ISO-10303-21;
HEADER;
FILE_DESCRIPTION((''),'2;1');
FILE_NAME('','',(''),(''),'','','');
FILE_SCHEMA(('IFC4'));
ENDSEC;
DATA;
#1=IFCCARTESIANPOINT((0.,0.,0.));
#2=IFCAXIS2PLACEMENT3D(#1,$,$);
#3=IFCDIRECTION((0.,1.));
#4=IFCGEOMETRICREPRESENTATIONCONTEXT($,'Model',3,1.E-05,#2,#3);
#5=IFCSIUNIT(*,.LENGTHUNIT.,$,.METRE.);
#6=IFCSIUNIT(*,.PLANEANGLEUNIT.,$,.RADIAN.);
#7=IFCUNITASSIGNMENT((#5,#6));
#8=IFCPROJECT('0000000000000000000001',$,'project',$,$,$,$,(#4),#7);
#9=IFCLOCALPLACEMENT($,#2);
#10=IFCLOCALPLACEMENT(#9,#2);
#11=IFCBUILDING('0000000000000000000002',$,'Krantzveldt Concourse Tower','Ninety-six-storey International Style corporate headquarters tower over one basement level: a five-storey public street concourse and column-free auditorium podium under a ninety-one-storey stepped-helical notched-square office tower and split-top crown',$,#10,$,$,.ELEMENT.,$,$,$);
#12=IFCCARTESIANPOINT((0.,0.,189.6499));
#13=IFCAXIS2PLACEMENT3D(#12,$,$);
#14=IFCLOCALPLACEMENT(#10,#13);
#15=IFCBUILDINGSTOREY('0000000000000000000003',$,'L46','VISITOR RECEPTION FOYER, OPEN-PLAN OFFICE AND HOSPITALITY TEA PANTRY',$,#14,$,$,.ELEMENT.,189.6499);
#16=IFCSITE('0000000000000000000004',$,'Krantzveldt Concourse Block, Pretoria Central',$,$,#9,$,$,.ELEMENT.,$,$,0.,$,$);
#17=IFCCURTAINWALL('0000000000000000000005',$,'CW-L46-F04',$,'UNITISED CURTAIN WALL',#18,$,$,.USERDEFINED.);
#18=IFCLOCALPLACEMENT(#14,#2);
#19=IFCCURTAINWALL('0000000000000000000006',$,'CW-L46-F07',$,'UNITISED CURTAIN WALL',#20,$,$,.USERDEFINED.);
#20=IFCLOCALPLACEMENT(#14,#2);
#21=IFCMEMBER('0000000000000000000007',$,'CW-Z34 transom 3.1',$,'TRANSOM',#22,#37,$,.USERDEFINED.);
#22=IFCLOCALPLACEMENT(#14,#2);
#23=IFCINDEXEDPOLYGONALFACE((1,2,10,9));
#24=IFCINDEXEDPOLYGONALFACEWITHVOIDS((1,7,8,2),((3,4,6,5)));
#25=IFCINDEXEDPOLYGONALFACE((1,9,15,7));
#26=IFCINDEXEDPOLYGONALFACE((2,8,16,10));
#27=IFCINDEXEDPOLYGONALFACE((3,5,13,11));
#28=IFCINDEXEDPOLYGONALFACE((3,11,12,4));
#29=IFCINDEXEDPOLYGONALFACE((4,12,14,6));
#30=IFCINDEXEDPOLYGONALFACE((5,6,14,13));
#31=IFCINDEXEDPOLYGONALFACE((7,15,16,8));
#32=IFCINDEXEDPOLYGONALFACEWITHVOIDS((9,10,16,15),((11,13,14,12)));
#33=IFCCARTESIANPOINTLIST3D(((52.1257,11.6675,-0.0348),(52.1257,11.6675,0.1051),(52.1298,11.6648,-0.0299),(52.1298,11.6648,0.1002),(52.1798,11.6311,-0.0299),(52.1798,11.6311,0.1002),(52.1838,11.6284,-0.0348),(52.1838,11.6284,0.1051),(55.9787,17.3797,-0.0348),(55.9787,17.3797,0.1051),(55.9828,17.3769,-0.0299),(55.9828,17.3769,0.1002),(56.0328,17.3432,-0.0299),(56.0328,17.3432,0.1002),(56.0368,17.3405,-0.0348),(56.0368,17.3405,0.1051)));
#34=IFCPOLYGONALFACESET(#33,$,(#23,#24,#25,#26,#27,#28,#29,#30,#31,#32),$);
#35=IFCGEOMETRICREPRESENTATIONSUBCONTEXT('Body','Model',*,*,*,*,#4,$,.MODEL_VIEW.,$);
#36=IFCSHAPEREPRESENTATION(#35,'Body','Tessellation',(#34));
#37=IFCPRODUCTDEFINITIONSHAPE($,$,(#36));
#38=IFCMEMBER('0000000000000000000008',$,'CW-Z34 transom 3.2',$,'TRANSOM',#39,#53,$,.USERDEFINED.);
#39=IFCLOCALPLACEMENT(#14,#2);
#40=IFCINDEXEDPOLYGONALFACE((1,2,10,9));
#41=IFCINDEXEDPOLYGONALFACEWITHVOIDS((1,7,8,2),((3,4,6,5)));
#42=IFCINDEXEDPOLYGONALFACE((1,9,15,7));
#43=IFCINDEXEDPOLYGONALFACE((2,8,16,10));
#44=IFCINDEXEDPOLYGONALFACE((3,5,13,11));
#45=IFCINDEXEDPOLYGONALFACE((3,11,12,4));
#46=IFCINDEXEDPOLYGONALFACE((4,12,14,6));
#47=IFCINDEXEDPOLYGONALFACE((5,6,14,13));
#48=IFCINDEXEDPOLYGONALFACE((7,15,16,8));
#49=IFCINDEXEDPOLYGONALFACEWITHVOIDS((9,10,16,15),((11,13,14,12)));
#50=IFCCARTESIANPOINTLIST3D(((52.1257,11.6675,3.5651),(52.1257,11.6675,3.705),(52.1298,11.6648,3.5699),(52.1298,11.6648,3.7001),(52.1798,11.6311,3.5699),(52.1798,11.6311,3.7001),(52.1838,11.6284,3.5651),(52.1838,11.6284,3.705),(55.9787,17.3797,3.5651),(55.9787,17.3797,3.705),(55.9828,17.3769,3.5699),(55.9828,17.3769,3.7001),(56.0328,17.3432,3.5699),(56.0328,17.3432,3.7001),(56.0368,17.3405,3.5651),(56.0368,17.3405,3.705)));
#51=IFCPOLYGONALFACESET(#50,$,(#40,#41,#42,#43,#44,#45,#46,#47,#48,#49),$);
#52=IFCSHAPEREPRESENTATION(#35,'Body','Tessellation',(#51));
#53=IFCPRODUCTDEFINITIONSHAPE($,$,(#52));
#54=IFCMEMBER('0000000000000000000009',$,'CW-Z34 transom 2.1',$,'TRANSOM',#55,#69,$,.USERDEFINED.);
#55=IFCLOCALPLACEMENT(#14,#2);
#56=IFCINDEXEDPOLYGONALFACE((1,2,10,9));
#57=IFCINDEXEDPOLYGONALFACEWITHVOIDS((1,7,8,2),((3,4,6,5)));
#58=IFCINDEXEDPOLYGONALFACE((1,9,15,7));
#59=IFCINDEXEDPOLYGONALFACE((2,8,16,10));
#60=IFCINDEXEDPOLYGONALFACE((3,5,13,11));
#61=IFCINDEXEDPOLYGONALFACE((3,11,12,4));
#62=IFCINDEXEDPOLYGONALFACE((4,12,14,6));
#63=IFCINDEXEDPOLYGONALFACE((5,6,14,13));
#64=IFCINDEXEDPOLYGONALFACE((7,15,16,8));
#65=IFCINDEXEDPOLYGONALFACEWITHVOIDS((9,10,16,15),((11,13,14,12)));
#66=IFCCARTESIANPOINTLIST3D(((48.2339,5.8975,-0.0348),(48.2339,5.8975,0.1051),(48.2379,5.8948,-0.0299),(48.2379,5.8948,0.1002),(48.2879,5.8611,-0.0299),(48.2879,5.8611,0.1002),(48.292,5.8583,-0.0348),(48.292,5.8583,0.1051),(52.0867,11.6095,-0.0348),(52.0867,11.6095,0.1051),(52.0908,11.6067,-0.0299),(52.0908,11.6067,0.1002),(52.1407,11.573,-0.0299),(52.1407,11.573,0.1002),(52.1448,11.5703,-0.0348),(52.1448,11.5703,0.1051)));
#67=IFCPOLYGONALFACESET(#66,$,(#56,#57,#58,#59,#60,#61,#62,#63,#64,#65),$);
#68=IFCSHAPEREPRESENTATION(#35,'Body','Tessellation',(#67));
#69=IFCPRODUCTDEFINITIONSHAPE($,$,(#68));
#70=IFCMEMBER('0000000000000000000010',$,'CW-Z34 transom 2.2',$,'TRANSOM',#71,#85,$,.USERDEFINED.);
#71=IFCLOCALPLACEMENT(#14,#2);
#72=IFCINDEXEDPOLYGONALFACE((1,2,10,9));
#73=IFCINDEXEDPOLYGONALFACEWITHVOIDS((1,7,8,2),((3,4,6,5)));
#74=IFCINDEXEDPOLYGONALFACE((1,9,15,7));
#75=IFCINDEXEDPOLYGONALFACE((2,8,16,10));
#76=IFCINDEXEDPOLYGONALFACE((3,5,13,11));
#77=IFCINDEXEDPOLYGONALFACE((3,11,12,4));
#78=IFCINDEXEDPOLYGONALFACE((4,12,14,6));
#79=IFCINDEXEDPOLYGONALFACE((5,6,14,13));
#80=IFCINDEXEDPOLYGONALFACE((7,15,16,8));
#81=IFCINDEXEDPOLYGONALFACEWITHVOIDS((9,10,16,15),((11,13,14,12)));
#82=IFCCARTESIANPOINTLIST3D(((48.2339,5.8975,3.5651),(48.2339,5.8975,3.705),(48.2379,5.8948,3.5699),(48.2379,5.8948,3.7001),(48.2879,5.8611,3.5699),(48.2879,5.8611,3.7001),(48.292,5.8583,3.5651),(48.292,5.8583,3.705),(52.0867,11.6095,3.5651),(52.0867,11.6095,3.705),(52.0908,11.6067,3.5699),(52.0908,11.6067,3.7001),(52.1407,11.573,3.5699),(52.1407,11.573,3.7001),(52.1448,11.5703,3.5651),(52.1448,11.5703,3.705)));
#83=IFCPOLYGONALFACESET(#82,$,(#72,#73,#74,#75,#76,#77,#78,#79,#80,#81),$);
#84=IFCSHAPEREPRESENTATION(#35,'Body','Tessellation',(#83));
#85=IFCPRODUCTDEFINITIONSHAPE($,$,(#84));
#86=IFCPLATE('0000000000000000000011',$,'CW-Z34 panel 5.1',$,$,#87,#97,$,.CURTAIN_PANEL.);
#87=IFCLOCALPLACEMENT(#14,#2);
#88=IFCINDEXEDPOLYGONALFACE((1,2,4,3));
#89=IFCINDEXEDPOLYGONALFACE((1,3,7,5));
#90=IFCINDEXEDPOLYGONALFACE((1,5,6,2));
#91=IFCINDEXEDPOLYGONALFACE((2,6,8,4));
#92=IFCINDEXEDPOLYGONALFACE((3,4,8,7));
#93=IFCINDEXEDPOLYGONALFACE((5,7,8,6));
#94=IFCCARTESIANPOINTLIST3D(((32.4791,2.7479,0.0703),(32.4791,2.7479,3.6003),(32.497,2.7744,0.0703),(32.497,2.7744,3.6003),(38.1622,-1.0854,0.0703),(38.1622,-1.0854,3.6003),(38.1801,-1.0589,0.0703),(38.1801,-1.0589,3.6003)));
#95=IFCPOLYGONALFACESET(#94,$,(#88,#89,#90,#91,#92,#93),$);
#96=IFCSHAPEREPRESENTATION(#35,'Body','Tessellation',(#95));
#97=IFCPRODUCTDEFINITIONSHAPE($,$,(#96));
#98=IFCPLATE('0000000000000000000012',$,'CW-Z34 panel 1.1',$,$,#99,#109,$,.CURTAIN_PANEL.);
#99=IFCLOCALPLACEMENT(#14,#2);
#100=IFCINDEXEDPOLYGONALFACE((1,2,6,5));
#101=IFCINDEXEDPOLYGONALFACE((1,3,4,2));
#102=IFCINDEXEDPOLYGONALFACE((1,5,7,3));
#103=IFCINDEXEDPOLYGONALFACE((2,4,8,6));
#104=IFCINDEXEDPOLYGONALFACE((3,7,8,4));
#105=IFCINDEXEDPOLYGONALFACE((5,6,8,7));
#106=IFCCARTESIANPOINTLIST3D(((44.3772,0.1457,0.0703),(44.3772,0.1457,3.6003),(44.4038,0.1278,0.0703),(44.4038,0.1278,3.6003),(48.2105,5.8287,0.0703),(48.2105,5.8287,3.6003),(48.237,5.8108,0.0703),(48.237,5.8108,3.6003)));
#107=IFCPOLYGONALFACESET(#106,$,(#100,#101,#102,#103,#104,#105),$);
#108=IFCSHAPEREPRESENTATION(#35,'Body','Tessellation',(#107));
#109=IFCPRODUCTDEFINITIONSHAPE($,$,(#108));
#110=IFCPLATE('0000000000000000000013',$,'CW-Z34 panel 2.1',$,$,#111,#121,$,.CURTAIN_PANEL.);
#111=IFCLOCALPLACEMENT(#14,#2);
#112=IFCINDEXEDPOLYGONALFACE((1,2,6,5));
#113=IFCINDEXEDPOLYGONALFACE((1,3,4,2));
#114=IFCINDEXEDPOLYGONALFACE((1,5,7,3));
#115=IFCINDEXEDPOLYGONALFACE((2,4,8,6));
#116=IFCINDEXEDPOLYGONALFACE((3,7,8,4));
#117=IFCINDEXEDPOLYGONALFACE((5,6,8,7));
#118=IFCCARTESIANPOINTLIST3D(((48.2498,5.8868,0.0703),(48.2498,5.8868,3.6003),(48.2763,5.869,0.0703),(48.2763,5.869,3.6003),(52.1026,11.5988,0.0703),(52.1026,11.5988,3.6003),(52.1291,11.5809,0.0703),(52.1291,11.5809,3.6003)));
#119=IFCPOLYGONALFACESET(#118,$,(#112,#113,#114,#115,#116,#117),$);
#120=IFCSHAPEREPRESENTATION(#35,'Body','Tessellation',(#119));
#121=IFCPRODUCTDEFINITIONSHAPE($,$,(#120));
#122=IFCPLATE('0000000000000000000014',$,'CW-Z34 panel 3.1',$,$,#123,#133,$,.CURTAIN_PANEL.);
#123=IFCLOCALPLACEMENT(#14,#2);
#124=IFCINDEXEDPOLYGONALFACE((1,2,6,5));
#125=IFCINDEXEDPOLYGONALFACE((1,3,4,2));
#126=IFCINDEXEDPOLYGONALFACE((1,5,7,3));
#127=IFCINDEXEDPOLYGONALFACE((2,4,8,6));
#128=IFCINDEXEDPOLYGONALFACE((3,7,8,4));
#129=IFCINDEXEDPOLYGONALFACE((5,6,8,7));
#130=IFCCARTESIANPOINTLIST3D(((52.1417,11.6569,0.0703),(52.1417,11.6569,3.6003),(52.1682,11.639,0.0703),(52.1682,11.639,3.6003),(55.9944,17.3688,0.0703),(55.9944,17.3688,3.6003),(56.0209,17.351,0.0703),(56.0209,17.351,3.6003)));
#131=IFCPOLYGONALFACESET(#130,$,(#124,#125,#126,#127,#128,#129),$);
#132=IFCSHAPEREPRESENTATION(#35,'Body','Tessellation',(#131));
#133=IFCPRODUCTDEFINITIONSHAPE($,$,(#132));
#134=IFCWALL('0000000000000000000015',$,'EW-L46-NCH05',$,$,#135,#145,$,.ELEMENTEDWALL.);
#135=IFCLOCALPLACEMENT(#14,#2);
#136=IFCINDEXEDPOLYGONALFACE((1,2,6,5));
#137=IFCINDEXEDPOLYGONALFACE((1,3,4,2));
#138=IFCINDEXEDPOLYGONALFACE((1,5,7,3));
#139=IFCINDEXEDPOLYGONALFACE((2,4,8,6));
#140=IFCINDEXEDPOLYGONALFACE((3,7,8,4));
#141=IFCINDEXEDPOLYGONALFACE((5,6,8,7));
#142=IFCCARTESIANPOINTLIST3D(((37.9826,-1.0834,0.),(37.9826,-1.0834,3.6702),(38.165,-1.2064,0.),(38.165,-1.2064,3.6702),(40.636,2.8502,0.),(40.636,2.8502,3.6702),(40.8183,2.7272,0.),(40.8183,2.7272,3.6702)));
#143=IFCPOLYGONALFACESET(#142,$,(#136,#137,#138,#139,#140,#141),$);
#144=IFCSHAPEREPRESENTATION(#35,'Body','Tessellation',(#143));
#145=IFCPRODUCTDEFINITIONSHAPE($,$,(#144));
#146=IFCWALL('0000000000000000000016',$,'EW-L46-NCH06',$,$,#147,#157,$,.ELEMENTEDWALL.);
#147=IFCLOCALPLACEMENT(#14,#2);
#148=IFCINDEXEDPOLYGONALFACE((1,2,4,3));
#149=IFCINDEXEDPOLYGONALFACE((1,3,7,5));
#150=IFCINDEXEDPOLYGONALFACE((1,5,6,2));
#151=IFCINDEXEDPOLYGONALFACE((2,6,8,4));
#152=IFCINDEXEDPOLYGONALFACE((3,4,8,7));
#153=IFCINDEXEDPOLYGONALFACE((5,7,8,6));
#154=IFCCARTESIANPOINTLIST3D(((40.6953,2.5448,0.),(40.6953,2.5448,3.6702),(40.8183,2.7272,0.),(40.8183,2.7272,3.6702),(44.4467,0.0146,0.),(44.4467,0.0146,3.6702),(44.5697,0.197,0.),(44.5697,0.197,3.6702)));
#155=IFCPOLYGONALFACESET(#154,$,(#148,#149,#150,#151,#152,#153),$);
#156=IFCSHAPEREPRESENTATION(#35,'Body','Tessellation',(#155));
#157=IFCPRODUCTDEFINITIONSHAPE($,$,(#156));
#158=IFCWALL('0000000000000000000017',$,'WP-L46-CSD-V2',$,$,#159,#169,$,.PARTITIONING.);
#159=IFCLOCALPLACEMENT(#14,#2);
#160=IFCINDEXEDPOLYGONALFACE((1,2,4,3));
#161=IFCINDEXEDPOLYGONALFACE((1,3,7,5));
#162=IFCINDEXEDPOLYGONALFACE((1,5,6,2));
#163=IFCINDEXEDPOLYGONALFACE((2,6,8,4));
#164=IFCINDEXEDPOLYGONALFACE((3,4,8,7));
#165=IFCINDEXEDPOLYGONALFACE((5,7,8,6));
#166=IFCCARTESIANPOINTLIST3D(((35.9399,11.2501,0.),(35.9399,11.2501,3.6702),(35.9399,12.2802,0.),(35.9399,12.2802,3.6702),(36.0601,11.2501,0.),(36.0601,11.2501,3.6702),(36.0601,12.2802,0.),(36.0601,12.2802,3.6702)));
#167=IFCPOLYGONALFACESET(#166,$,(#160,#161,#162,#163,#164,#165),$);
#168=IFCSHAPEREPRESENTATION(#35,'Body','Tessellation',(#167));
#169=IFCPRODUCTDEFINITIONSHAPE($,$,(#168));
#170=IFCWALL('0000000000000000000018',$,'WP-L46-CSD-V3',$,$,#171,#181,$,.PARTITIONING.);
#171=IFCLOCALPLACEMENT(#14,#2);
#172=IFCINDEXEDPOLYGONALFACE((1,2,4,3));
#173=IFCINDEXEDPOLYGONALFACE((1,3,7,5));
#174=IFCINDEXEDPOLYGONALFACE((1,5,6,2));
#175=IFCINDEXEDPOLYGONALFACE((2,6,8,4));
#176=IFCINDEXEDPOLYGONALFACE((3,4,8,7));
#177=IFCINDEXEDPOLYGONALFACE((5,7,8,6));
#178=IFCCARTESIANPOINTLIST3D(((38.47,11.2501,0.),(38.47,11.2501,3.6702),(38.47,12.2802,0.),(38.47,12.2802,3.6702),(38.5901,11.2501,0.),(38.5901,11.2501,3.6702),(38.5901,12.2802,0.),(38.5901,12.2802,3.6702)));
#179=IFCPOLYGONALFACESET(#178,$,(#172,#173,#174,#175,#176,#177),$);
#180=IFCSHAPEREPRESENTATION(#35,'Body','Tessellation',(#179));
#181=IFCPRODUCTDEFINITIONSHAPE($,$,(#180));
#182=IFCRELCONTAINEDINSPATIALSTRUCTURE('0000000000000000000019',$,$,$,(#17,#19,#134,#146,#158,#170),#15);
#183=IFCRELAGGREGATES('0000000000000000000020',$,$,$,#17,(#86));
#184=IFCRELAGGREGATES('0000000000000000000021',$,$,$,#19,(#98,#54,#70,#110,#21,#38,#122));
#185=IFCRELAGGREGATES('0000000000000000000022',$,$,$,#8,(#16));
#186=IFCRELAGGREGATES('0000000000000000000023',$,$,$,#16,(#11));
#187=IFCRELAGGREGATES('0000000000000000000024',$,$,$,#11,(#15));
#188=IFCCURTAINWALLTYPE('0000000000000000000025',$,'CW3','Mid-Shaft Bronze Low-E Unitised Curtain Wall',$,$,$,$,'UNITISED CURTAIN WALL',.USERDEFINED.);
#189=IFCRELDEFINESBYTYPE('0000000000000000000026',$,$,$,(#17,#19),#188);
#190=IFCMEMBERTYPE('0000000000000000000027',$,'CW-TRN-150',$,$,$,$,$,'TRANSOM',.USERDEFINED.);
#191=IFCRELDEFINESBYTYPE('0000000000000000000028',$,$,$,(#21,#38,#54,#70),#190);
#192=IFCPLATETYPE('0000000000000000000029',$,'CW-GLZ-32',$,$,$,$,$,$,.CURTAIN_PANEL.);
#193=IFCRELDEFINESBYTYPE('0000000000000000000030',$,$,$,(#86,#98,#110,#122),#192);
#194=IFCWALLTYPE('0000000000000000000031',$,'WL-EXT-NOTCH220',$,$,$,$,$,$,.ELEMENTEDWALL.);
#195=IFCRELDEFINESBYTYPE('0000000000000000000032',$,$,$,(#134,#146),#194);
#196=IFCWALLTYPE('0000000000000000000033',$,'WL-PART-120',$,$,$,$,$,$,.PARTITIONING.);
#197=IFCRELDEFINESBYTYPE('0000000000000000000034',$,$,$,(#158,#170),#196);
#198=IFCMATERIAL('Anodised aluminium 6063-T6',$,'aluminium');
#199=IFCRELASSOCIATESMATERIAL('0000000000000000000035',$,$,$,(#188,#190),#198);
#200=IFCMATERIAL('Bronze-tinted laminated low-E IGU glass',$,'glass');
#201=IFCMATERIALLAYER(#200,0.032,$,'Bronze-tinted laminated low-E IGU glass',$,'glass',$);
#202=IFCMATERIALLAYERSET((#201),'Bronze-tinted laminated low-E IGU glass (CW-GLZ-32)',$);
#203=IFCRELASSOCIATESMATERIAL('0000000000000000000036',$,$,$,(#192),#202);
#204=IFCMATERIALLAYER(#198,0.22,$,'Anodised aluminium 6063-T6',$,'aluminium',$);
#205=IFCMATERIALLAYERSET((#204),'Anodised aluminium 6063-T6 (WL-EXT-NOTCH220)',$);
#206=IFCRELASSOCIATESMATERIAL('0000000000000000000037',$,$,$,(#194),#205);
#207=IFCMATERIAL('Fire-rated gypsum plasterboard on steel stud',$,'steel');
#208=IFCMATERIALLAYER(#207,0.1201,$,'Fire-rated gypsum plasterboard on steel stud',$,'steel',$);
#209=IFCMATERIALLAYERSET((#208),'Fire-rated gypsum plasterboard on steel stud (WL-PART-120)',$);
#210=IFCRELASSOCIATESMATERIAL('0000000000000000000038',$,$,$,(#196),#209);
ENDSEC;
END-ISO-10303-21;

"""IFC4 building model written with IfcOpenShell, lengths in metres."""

from ifc_helpers import new_model, si_unit, direction, frame, frame_2d, origin, origin_2d, place, context, subcontext, project, spatial, rectangle, hollow_rectangle, extrude, source, transform, mapped, material, layer, layer_set, material_profile, profile_set, type_object, type_shapes, element, aggregate, save


model = new_model("IFC4")

# Units and contexts
model_context = context("Model", 3, precision=1e-05, world=origin(), true_north=direction((0.0, 1.0)))
body_context = subcontext(model_context, "Body", "Model", "MODEL_VIEW")
ifc_project = project(units=[si_unit("LENGTHUNIT", "METRE"), si_unit("PLANEANGLEUNIT", "RADIAN")], contexts=[model_context])

# Site, building, storey
site_placement = place(None, origin())
site = spatial("IfcSite", under=ifc_project, at=site_placement, Name="Krantzveldt Concourse Block, Pretoria Central", CompositionType="ELEMENT", RefElevation=0.0)
building_placement = place(site_placement, origin())
building = spatial("IfcBuilding", under=site, at=building_placement, Name="Krantzveldt Concourse Tower", Description="Ninety-six-storey International Style corporate headquarters tower over one basement level: a five-storey public street concourse and column-free auditorium podium under a ninety-one-storey stepped-helical notched-square office tower and split-top crown", CompositionType="ELEMENT")
storey_placement = place(building_placement, frame((0.0, 0.0, 189.6499)))
storey = spatial("IfcBuildingStorey", under=building, at=storey_placement, Name="L46", Description="VISITOR RECEPTION FOYER, OPEN-PLAN OFFICE AND HOSPITALITY TEA PANTRY", CompositionType="ELEMENT", Elevation=189.6499)

# Curtain wall
ifc_material_1 = material(Name="Anodised aluminium 6063-T6", Category="aluminium")
curtain_wall_type = type_object("IfcCurtainWallType", Name="CW3", Description="Mid-Shaft Bronze Low-E Unitised Curtain Wall", ElementType="UNITISED CURTAIN WALL", PredefinedType="USERDEFINED", material=ifc_material_1)
curtain_wall_1_placement = place(storey_placement, origin())
curtain_wall_1 = element("IfcCurtainWall", 1, at=curtain_wall_1_placement, inside=storey, type_object=curtain_wall_type, Name="CW-L46-F04", ObjectType="UNITISED CURTAIN WALL", PredefinedType="USERDEFINED")

# Curtain wall, members
curtain_wall_2_placement = place(storey_placement, origin())
curtain_wall_2 = element("IfcCurtainWall", 2, at=curtain_wall_2_placement, inside=storey, type_object=curtain_wall_type, Name="CW-L46-F07", ObjectType="UNITISED CURTAIN WALL", PredefinedType="USERDEFINED")
ifc_material_profile_1 = material_profile(ifc_material_1, hollow_rectangle(XDim=0.0701, YDim=0.1399, WallThickness=0.0049, at=origin_2d()), Name="Anodised aluminium 6063-T6", Category="aluminium")
ifc_profile_set_1 = profile_set([ifc_material_profile_1], Name="Anodised aluminium 6063-T6 - ALU-TRAN 140x70x5")
member_type_1 = type_object("IfcMemberType", Name="CW-TRN-150", ElementType="TRANSOM", PredefinedType="USERDEFINED", material=ifc_profile_set_1)
shared_shape_1 = source(origin(), body_context, "Body", "SweptSolid", [
    extrude(hollow_rectangle(XDim=0.0701, YDim=0.1399, WallThickness=0.0049, at=origin_2d()), origin(), (0.0, 0.0, 1.0), 6.8901),
])
member_1_placement = place(storey_placement, frame((52.1548, 11.6479, 0.0352), z_axis=(0.559206, 0.829029, 0.0), x_axis=(-0.829029, 0.559206, 0.0)))
member_1 = element("IfcMember", 3, at=member_1_placement, type_object=member_type_1, Name="CW-Z34 transom 3.1", ObjectType="TRANSOM", PredefinedType="USERDEFINED", context=body_context, shape_type="MappedRepresentation", body=[
    mapped(shared_shape_1, transform((0.0, 0.0, 0.0), x_axis=(1.0, 0.0, 0.0), y_axis=(0.0, 1.0, 0.0), z_axis=(0.0, 0.0, 1.0), scale=1.0)),
])
member_2_placement = place(storey_placement, frame((52.1548, 11.6479, 3.635), z_axis=(0.559206, 0.829029, 0.0), x_axis=(-0.829029, 0.559206, 0.0)))
member_2 = element("IfcMember", 4, at=member_2_placement, type_object=member_type_1, Name="CW-Z34 transom 3.2", ObjectType="TRANSOM", PredefinedType="USERDEFINED", context=body_context, shape_type="MappedRepresentation", body=[
    mapped(shared_shape_1, transform((0.0, 0.0, 0.0), x_axis=(1.0, 0.0, 0.0), y_axis=(0.0, 1.0, 0.0), z_axis=(0.0, 0.0, 1.0), scale=1.0)),
])
shared_shape_2 = source(origin(), body_context, "Body", "SweptSolid", [
    extrude(hollow_rectangle(XDim=0.0701, YDim=0.1399, WallThickness=0.0049, at=origin_2d()), origin(), (0.0, 0.0, 1.0), 6.8899),
])
member_3_placement = place(storey_placement, frame((48.2629, 5.8779, 0.0352), z_axis=(0.559198, 0.829034, 0.0), x_axis=(-0.829034, 0.559198, 0.0)))
member_3 = element("IfcMember", 5, at=member_3_placement, type_object=member_type_1, Name="CW-Z34 transom 2.1", ObjectType="TRANSOM", PredefinedType="USERDEFINED", context=body_context, shape_type="MappedRepresentation", body=[
    mapped(shared_shape_2, transform((0.0, 0.0, 0.0), x_axis=(1.0, 0.0, 0.0), y_axis=(0.0, 1.0, 0.0), z_axis=(0.0, 0.0, 1.0), scale=1.0)),
])
member_4_placement = place(storey_placement, frame((48.2629, 5.8779, 3.635), z_axis=(0.559198, 0.829034, 0.0), x_axis=(-0.829034, 0.559198, 0.0)))
member_4 = element("IfcMember", 6, at=member_4_placement, type_object=member_type_1, Name="CW-Z34 transom 2.2", ObjectType="TRANSOM", PredefinedType="USERDEFINED", context=body_context, shape_type="MappedRepresentation", body=[
    mapped(shared_shape_2, transform((0.0, 0.0, 0.0), x_axis=(1.0, 0.0, 0.0), y_axis=(0.0, 1.0, 0.0), z_axis=(0.0, 0.0, 1.0), scale=1.0)),
])

# Plates
ifc_material_2 = material(Name="Bronze-tinted laminated low-E IGU glass", Category="glass")
ifc_layer_1 = layer(ifc_material_2, 0.032, Name="Bronze-tinted laminated low-E IGU glass", Category="glass")
ifc_layer_set_1 = layer_set([ifc_layer_1], Name="Bronze-tinted laminated low-E IGU glass (CW-GLZ-32)")
plate_type = type_object("IfcPlateType", Name="CW-GLZ-32", PredefinedType="CURTAIN_PANEL", material=ifc_layer_set_1)
shared_shape_3 = source(origin(), body_context, "Body", "SweptSolid", [
    extrude(rectangle(XDim=6.855, YDim=0.032, at=origin_2d()), origin(), (0.0, 0.0, 1.0), 3.53),
])
plate_1_placement = place(storey_placement, frame((35.3296, 0.8445, 0.0703), z_axis=(0.0, 0.0, 1.0), x_axis=(0.829038, -0.559193, 0.0)))
plate_1 = element("IfcPlate", 7, at=plate_1_placement, type_object=plate_type, Name="CW-Z34 panel 5.1", PredefinedType="CURTAIN_PANEL", context=body_context, shape_type="MappedRepresentation", body=[
    mapped(shared_shape_3, transform((0.0, 0.0, 0.0), x_axis=(1.0, 0.0, 0.0), y_axis=(0.0, 1.0, 0.0), z_axis=(0.0, 0.0, 1.0), scale=1.0)),
])
aggregate(curtain_wall_1, [plate_1])
plate_2_placement = place(storey_placement, frame((46.3071, 2.9783, 0.0703), z_axis=(0.0, 0.0, 1.0), x_axis=(0.559193, 0.829038, 0.0)))
plate_2 = element("IfcPlate", 8, at=plate_2_placement, type_object=plate_type, Name="CW-Z34 panel 1.1", PredefinedType="CURTAIN_PANEL", context=body_context, shape_type="MappedRepresentation", body=[
    mapped(shared_shape_3, transform((0.0, 0.0, 0.0), x_axis=(1.0, 0.0, 0.0), y_axis=(0.0, 1.0, 0.0), z_axis=(0.0, 0.0, 1.0), scale=1.0)),
])
shared_shape_4 = source(origin(), body_context, "Body", "SweptSolid", [
    extrude(rectangle(XDim=6.8899, YDim=0.032, at=origin_2d()), origin(), (0.0, 0.0, 1.0), 3.53),
])
type_shapes(plate_type, [shared_shape_3, shared_shape_4])
plate_3_placement = place(storey_placement, frame((50.1895, 8.7339, 0.0703), z_axis=(0.0, 0.0, 1.0), x_axis=(0.559193, 0.829038, 0.0)))
plate_3 = element("IfcPlate", 9, at=plate_3_placement, type_object=plate_type, Name="CW-Z34 panel 2.1", PredefinedType="CURTAIN_PANEL", context=body_context, shape_type="MappedRepresentation", body=[
    mapped(shared_shape_4, transform((0.0, 0.0, 0.0), x_axis=(1.0, 0.0, 0.0), y_axis=(0.0, 1.0, 0.0), z_axis=(0.0, 0.0, 1.0), scale=1.0)),
])
plate_4_placement = place(storey_placement, frame((54.0813, 14.5039, 0.0703), z_axis=(0.0, 0.0, 1.0), x_axis=(0.559193, 0.829038, 0.0)))
plate_4 = element("IfcPlate", 10, at=plate_4_placement, type_object=plate_type, Name="CW-Z34 panel 3.1", PredefinedType="CURTAIN_PANEL", context=body_context, shape_type="MappedRepresentation", body=[
    mapped(shared_shape_4, transform((0.0, 0.0, 0.0), x_axis=(1.0, 0.0, 0.0), y_axis=(0.0, 1.0, 0.0), z_axis=(0.0, 0.0, 1.0), scale=1.0)),
])
aggregate(curtain_wall_2, [plate_2, member_3, member_4, plate_3, member_1, member_2, plate_4])

# Walls
ifc_layer_2 = layer(ifc_material_1, 0.22, Name="Anodised aluminium 6063-T6", Category="aluminium")
ifc_layer_set_2 = layer_set([ifc_layer_2], Name="Anodised aluminium 6063-T6 (WL-EXT-NOTCH220)")
wall_type_1 = type_object("IfcWallType", Name="WL-EXT-NOTCH220", PredefinedType="ELEMENTEDWALL", material=ifc_layer_set_2)
wall_1_placement = place(storey_placement, frame((38.0737, -1.145, 0.0), z_axis=(0.0, 0.0, 1.0), x_axis=(0.559204, 0.82903, 0.0)))
element("IfcWall", 11, at=wall_1_placement, inside=storey, type_object=wall_type_1, Name="EW-L46-NCH05", PredefinedType="ELEMENTEDWALL", context=body_context, shape_type="SweptSolid", body=[
    extrude(rectangle(XDim=4.7449, YDim=0.22, at=frame_2d((2.3726, 0.0))), origin(), (0.0, 0.0, 1.0), 3.6702),
])
wall_2_placement = place(storey_placement, frame((40.7568, 2.636, 0.0), z_axis=(0.0, 0.0, 1.0), x_axis=(0.82905, -0.559174, 0.0)))
element("IfcWall", 12, at=wall_2_placement, inside=storey, type_object=wall_type_1, Name="EW-L46-NCH06", PredefinedType="ELEMENTEDWALL", context=body_context, shape_type="SweptSolid", body=[
    extrude(rectangle(XDim=4.5249, YDim=0.22, at=frame_2d((2.2625, 0.0))), origin(), (0.0, 0.0, 1.0), 3.6702),
])
ifc_material_3 = material(Name="Fire-rated gypsum plasterboard on steel stud", Category="steel")
ifc_layer_3 = layer(ifc_material_3, 0.1201, Name="Fire-rated gypsum plasterboard on steel stud", Category="steel")
ifc_layer_set_3 = layer_set([ifc_layer_3], Name="Fire-rated gypsum plasterboard on steel stud (WL-PART-120)")
wall_type_2 = type_object("IfcWallType", Name="WL-PART-120", PredefinedType="PARTITIONING", material=ifc_layer_set_3)
for number, where, z_axis, x_axis, name in (
    (13, (36.0, 11.25, 0.0), (0.0, 0.0, 1.0), (0.0, 1.0, 0.0), "WP-L46-CSD-V2"),
    (14, (38.53, 11.25, 0.0), (0.0, 0.0, 1.0), (0.0, 1.0, 0.0), "WP-L46-CSD-V3"),
):
    element("IfcWall", number, at=place(storey_placement, frame(where, z_axis=z_axis, x_axis=x_axis)), inside=storey, type_object=wall_type_2, Name=name, PredefinedType="PARTITIONING", context=body_context, shape_type="SweptSolid", body=[
        extrude(rectangle(XDim=1.03, YDim=0.1201, at=frame_2d((0.5151, 0.0))), origin(), (0.0, 0.0, 1.0), 3.6702),
    ])

save(model, "model.ifc")
